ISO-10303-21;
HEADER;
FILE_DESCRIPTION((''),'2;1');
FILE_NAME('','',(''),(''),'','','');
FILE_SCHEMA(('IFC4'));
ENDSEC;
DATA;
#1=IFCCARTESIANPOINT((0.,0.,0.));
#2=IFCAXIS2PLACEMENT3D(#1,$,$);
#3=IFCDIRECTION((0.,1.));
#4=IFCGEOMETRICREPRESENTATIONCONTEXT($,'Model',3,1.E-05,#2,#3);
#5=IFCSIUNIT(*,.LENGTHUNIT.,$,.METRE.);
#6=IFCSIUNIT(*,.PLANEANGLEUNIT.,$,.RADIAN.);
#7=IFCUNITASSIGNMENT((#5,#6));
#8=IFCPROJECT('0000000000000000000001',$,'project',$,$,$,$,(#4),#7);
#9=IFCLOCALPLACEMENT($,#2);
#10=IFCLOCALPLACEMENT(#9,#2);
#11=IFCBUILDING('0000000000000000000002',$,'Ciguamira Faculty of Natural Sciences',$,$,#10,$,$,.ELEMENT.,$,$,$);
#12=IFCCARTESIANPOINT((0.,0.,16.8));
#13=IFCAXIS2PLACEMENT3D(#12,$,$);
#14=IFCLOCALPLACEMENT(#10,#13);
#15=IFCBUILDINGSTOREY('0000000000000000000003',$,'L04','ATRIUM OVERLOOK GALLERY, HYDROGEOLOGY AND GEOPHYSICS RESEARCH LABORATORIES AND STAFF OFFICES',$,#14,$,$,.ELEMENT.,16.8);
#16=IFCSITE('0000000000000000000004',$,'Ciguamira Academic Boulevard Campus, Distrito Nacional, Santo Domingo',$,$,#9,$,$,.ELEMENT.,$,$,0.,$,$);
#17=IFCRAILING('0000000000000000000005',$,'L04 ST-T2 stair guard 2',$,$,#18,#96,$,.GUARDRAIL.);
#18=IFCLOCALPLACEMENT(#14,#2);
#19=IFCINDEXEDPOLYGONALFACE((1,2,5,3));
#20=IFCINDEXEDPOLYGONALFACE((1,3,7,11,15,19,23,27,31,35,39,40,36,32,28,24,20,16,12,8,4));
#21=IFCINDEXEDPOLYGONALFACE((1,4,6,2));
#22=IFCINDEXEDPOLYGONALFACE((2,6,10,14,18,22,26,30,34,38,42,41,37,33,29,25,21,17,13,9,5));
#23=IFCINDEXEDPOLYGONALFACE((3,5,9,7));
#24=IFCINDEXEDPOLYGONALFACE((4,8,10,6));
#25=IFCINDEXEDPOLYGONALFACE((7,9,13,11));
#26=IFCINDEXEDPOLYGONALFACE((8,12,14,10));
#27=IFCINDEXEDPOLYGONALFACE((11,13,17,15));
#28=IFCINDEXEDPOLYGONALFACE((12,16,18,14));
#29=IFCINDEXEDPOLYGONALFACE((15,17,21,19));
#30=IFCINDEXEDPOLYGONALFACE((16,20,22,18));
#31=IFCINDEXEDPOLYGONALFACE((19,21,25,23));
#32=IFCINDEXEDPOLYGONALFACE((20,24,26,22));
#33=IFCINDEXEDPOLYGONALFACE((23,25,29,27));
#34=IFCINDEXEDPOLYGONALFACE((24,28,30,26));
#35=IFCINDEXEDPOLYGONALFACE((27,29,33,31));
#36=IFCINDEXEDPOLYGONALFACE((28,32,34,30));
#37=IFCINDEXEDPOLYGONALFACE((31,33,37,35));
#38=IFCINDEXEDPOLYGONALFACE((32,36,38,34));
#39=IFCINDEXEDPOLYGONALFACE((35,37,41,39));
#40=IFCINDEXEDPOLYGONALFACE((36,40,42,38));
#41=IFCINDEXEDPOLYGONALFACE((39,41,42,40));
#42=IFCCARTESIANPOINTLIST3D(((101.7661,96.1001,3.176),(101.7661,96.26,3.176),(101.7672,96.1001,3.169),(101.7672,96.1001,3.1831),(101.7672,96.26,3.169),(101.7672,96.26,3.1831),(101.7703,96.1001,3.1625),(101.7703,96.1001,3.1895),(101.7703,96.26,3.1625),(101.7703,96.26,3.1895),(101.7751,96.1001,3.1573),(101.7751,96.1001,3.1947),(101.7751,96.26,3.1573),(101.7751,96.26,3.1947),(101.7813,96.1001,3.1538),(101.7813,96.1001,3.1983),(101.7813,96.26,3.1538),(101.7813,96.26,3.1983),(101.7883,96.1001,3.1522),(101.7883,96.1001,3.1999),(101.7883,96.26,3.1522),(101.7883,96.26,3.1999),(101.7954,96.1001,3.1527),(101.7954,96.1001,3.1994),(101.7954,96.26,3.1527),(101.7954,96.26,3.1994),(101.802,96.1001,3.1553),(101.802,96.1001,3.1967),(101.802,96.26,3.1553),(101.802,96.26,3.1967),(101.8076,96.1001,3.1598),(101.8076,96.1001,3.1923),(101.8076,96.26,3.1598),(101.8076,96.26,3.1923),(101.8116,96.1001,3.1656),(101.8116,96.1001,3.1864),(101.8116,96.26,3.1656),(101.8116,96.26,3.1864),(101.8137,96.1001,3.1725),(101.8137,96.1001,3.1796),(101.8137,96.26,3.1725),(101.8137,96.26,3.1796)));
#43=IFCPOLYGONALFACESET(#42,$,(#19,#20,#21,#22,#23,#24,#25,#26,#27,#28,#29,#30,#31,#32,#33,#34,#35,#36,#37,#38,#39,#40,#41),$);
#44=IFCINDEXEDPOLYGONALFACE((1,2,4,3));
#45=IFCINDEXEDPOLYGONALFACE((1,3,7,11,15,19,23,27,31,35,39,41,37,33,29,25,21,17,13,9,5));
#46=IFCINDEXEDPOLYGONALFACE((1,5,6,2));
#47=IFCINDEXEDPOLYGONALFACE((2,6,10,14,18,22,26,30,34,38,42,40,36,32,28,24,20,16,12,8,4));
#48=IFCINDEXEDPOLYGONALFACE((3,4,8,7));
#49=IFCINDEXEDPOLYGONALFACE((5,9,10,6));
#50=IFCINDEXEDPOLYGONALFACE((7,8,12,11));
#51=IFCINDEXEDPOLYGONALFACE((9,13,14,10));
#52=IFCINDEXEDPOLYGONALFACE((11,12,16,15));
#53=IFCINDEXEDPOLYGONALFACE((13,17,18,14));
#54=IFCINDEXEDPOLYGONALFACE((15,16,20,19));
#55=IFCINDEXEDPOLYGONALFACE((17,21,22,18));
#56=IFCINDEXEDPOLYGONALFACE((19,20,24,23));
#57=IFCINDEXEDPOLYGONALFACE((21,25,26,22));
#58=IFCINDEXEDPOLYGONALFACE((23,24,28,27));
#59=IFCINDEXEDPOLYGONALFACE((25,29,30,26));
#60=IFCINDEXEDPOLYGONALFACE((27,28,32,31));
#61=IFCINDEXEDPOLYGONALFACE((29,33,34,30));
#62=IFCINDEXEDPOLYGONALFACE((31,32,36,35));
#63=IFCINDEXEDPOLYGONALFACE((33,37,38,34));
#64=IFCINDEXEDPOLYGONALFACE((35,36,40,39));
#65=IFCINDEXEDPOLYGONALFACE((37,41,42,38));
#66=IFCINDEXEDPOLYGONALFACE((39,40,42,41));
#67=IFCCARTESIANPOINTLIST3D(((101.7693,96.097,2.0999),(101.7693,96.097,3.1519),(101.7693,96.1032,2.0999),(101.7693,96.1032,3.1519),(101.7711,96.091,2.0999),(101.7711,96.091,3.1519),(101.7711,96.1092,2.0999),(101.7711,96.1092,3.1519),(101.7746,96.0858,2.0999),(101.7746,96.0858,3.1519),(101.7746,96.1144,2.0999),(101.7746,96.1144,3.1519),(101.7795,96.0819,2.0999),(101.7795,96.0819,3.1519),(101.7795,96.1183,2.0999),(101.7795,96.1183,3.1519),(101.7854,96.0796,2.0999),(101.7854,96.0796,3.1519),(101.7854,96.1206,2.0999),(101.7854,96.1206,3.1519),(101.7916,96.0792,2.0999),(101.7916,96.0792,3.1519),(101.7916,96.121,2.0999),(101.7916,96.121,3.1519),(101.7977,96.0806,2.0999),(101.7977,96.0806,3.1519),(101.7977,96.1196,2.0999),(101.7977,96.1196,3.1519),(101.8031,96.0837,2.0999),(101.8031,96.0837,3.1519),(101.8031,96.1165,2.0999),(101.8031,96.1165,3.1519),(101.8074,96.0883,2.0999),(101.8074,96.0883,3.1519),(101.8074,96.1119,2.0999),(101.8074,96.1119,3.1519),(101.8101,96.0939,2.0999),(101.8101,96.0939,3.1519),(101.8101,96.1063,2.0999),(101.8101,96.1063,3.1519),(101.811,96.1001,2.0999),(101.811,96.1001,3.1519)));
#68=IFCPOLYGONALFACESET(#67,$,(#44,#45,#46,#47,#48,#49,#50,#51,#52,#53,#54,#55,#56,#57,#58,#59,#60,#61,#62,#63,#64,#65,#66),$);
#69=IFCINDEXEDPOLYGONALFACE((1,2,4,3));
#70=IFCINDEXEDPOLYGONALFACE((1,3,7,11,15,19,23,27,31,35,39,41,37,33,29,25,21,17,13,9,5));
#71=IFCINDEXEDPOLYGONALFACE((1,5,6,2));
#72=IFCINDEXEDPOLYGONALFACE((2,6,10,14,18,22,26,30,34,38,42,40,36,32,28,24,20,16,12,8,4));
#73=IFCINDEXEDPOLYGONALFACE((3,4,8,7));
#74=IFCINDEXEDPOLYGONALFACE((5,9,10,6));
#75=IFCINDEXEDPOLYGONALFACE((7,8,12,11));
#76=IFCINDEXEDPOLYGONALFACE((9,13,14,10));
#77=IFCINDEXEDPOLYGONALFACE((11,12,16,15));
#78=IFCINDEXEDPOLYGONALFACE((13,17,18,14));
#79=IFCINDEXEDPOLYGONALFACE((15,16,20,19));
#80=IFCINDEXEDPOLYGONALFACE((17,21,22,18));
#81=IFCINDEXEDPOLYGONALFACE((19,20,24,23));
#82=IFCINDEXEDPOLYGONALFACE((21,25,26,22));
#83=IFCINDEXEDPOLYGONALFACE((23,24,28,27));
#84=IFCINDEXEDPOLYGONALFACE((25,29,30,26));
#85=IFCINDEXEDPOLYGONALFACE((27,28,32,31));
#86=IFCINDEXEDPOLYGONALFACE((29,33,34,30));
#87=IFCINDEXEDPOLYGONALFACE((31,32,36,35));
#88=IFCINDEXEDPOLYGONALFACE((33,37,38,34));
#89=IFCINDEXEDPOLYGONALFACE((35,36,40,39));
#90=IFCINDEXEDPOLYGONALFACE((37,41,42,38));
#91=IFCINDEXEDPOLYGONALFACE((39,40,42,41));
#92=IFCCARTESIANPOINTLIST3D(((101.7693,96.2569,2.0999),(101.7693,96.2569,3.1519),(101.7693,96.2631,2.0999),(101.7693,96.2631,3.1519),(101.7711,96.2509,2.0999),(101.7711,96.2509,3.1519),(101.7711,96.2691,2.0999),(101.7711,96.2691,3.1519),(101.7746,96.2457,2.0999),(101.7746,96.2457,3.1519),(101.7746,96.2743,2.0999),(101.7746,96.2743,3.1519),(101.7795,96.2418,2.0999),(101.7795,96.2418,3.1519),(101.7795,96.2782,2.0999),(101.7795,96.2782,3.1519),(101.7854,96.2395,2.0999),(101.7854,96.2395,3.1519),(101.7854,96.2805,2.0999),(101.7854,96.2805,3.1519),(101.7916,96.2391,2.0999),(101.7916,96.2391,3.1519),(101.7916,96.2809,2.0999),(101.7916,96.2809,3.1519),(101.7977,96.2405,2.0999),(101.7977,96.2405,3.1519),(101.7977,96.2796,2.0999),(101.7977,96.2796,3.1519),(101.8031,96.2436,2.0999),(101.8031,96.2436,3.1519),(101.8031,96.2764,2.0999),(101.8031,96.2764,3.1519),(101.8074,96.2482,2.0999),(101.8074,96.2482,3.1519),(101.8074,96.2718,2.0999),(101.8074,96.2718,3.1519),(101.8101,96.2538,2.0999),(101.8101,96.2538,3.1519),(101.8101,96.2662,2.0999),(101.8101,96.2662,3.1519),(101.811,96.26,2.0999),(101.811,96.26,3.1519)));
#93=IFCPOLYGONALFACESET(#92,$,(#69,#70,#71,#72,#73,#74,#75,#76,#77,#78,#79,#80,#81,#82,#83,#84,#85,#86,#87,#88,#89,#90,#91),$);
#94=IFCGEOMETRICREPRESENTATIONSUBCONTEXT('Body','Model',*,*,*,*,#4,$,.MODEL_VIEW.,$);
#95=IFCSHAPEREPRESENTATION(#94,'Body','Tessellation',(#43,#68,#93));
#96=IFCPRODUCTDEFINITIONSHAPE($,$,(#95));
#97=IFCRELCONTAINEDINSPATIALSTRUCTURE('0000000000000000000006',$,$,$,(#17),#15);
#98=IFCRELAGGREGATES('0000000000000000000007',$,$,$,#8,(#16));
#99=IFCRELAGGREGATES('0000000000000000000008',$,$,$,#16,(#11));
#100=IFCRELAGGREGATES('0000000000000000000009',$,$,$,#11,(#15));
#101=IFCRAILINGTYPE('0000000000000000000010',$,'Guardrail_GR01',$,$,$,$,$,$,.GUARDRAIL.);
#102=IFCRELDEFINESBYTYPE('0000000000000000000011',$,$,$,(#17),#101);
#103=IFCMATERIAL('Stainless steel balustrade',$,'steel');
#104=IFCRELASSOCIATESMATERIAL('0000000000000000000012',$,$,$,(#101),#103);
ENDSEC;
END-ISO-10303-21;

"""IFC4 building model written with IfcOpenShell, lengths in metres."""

from ifc_helpers import new_model, si_unit, direction, frame, origin, origin_2d, place, context, subcontext, project, spatial, circle, extrude, material, type_object, element, save


model = new_model("IFC4")

# Units and contexts
model_context = context("Model", 3, precision=1e-05, world=origin(), true_north=direction((0.0, 1.0)))
body_context = subcontext(model_context, "Body", "Model", "MODEL_VIEW")
ifc_project = project(units=[si_unit("LENGTHUNIT", "METRE"), si_unit("PLANEANGLEUNIT", "RADIAN")], contexts=[model_context])

# Site, building, storey
site_placement = place(None, origin())
site = spatial("IfcSite", under=ifc_project, at=site_placement, Name="Ciguamira Academic Boulevard Campus, Distrito Nacional, Santo Domingo", CompositionType="ELEMENT", RefElevation=0.0)
building_placement = place(site_placement, origin())
building = spatial("IfcBuilding", under=site, at=building_placement, Name="Ciguamira Faculty of Natural Sciences", CompositionType="ELEMENT")
storey_placement = place(building_placement, frame((0.0, 0.0, 16.8)))
storey = spatial("IfcBuildingStorey", under=building, at=storey_placement, Name="L04", Description="ATRIUM OVERLOOK GALLERY, HYDROGEOLOGY AND GEOPHYSICS RESEARCH LABORATORIES AND STAFF OFFICES", CompositionType="ELEMENT", Elevation=16.8)

# Railing
ifc_material_1 = material(Name="Stainless steel balustrade", Category="steel")
railing_type = type_object("IfcRailingType", Name="Guardrail_GR01", PredefinedType="GUARDRAIL", material=ifc_material_1)
railing_1_placement = place(storey_placement, frame((101.79, 96.1001, 2.0999)))
element("IfcRailing", 1, at=railing_1_placement, inside=storey, type_object=railing_type, Name="L04 ST-T2 stair guard 2", PredefinedType="GUARDRAIL", context=body_context, shape_type="SweptSolid", body=[
    extrude(circle(Radius=0.0239, at=origin_2d()), frame((0.0, 0.0, 1.0762), z_axis=(0.0, 1.0, 0.0), x_axis=(-1.0, 0.0, 0.0)), (0.0, 0.0, 1.0), 0.1599),
    extrude(circle(Radius=0.021, at=origin_2d()), origin(), (0.0, 0.0, 1.0), 1.052),
    extrude(circle(Radius=0.021, at=origin_2d()), frame((0.0, 0.1599, 0.0)), (0.0, 0.0, 1.0), 1.052),
])

save(model, "model.ifc")
